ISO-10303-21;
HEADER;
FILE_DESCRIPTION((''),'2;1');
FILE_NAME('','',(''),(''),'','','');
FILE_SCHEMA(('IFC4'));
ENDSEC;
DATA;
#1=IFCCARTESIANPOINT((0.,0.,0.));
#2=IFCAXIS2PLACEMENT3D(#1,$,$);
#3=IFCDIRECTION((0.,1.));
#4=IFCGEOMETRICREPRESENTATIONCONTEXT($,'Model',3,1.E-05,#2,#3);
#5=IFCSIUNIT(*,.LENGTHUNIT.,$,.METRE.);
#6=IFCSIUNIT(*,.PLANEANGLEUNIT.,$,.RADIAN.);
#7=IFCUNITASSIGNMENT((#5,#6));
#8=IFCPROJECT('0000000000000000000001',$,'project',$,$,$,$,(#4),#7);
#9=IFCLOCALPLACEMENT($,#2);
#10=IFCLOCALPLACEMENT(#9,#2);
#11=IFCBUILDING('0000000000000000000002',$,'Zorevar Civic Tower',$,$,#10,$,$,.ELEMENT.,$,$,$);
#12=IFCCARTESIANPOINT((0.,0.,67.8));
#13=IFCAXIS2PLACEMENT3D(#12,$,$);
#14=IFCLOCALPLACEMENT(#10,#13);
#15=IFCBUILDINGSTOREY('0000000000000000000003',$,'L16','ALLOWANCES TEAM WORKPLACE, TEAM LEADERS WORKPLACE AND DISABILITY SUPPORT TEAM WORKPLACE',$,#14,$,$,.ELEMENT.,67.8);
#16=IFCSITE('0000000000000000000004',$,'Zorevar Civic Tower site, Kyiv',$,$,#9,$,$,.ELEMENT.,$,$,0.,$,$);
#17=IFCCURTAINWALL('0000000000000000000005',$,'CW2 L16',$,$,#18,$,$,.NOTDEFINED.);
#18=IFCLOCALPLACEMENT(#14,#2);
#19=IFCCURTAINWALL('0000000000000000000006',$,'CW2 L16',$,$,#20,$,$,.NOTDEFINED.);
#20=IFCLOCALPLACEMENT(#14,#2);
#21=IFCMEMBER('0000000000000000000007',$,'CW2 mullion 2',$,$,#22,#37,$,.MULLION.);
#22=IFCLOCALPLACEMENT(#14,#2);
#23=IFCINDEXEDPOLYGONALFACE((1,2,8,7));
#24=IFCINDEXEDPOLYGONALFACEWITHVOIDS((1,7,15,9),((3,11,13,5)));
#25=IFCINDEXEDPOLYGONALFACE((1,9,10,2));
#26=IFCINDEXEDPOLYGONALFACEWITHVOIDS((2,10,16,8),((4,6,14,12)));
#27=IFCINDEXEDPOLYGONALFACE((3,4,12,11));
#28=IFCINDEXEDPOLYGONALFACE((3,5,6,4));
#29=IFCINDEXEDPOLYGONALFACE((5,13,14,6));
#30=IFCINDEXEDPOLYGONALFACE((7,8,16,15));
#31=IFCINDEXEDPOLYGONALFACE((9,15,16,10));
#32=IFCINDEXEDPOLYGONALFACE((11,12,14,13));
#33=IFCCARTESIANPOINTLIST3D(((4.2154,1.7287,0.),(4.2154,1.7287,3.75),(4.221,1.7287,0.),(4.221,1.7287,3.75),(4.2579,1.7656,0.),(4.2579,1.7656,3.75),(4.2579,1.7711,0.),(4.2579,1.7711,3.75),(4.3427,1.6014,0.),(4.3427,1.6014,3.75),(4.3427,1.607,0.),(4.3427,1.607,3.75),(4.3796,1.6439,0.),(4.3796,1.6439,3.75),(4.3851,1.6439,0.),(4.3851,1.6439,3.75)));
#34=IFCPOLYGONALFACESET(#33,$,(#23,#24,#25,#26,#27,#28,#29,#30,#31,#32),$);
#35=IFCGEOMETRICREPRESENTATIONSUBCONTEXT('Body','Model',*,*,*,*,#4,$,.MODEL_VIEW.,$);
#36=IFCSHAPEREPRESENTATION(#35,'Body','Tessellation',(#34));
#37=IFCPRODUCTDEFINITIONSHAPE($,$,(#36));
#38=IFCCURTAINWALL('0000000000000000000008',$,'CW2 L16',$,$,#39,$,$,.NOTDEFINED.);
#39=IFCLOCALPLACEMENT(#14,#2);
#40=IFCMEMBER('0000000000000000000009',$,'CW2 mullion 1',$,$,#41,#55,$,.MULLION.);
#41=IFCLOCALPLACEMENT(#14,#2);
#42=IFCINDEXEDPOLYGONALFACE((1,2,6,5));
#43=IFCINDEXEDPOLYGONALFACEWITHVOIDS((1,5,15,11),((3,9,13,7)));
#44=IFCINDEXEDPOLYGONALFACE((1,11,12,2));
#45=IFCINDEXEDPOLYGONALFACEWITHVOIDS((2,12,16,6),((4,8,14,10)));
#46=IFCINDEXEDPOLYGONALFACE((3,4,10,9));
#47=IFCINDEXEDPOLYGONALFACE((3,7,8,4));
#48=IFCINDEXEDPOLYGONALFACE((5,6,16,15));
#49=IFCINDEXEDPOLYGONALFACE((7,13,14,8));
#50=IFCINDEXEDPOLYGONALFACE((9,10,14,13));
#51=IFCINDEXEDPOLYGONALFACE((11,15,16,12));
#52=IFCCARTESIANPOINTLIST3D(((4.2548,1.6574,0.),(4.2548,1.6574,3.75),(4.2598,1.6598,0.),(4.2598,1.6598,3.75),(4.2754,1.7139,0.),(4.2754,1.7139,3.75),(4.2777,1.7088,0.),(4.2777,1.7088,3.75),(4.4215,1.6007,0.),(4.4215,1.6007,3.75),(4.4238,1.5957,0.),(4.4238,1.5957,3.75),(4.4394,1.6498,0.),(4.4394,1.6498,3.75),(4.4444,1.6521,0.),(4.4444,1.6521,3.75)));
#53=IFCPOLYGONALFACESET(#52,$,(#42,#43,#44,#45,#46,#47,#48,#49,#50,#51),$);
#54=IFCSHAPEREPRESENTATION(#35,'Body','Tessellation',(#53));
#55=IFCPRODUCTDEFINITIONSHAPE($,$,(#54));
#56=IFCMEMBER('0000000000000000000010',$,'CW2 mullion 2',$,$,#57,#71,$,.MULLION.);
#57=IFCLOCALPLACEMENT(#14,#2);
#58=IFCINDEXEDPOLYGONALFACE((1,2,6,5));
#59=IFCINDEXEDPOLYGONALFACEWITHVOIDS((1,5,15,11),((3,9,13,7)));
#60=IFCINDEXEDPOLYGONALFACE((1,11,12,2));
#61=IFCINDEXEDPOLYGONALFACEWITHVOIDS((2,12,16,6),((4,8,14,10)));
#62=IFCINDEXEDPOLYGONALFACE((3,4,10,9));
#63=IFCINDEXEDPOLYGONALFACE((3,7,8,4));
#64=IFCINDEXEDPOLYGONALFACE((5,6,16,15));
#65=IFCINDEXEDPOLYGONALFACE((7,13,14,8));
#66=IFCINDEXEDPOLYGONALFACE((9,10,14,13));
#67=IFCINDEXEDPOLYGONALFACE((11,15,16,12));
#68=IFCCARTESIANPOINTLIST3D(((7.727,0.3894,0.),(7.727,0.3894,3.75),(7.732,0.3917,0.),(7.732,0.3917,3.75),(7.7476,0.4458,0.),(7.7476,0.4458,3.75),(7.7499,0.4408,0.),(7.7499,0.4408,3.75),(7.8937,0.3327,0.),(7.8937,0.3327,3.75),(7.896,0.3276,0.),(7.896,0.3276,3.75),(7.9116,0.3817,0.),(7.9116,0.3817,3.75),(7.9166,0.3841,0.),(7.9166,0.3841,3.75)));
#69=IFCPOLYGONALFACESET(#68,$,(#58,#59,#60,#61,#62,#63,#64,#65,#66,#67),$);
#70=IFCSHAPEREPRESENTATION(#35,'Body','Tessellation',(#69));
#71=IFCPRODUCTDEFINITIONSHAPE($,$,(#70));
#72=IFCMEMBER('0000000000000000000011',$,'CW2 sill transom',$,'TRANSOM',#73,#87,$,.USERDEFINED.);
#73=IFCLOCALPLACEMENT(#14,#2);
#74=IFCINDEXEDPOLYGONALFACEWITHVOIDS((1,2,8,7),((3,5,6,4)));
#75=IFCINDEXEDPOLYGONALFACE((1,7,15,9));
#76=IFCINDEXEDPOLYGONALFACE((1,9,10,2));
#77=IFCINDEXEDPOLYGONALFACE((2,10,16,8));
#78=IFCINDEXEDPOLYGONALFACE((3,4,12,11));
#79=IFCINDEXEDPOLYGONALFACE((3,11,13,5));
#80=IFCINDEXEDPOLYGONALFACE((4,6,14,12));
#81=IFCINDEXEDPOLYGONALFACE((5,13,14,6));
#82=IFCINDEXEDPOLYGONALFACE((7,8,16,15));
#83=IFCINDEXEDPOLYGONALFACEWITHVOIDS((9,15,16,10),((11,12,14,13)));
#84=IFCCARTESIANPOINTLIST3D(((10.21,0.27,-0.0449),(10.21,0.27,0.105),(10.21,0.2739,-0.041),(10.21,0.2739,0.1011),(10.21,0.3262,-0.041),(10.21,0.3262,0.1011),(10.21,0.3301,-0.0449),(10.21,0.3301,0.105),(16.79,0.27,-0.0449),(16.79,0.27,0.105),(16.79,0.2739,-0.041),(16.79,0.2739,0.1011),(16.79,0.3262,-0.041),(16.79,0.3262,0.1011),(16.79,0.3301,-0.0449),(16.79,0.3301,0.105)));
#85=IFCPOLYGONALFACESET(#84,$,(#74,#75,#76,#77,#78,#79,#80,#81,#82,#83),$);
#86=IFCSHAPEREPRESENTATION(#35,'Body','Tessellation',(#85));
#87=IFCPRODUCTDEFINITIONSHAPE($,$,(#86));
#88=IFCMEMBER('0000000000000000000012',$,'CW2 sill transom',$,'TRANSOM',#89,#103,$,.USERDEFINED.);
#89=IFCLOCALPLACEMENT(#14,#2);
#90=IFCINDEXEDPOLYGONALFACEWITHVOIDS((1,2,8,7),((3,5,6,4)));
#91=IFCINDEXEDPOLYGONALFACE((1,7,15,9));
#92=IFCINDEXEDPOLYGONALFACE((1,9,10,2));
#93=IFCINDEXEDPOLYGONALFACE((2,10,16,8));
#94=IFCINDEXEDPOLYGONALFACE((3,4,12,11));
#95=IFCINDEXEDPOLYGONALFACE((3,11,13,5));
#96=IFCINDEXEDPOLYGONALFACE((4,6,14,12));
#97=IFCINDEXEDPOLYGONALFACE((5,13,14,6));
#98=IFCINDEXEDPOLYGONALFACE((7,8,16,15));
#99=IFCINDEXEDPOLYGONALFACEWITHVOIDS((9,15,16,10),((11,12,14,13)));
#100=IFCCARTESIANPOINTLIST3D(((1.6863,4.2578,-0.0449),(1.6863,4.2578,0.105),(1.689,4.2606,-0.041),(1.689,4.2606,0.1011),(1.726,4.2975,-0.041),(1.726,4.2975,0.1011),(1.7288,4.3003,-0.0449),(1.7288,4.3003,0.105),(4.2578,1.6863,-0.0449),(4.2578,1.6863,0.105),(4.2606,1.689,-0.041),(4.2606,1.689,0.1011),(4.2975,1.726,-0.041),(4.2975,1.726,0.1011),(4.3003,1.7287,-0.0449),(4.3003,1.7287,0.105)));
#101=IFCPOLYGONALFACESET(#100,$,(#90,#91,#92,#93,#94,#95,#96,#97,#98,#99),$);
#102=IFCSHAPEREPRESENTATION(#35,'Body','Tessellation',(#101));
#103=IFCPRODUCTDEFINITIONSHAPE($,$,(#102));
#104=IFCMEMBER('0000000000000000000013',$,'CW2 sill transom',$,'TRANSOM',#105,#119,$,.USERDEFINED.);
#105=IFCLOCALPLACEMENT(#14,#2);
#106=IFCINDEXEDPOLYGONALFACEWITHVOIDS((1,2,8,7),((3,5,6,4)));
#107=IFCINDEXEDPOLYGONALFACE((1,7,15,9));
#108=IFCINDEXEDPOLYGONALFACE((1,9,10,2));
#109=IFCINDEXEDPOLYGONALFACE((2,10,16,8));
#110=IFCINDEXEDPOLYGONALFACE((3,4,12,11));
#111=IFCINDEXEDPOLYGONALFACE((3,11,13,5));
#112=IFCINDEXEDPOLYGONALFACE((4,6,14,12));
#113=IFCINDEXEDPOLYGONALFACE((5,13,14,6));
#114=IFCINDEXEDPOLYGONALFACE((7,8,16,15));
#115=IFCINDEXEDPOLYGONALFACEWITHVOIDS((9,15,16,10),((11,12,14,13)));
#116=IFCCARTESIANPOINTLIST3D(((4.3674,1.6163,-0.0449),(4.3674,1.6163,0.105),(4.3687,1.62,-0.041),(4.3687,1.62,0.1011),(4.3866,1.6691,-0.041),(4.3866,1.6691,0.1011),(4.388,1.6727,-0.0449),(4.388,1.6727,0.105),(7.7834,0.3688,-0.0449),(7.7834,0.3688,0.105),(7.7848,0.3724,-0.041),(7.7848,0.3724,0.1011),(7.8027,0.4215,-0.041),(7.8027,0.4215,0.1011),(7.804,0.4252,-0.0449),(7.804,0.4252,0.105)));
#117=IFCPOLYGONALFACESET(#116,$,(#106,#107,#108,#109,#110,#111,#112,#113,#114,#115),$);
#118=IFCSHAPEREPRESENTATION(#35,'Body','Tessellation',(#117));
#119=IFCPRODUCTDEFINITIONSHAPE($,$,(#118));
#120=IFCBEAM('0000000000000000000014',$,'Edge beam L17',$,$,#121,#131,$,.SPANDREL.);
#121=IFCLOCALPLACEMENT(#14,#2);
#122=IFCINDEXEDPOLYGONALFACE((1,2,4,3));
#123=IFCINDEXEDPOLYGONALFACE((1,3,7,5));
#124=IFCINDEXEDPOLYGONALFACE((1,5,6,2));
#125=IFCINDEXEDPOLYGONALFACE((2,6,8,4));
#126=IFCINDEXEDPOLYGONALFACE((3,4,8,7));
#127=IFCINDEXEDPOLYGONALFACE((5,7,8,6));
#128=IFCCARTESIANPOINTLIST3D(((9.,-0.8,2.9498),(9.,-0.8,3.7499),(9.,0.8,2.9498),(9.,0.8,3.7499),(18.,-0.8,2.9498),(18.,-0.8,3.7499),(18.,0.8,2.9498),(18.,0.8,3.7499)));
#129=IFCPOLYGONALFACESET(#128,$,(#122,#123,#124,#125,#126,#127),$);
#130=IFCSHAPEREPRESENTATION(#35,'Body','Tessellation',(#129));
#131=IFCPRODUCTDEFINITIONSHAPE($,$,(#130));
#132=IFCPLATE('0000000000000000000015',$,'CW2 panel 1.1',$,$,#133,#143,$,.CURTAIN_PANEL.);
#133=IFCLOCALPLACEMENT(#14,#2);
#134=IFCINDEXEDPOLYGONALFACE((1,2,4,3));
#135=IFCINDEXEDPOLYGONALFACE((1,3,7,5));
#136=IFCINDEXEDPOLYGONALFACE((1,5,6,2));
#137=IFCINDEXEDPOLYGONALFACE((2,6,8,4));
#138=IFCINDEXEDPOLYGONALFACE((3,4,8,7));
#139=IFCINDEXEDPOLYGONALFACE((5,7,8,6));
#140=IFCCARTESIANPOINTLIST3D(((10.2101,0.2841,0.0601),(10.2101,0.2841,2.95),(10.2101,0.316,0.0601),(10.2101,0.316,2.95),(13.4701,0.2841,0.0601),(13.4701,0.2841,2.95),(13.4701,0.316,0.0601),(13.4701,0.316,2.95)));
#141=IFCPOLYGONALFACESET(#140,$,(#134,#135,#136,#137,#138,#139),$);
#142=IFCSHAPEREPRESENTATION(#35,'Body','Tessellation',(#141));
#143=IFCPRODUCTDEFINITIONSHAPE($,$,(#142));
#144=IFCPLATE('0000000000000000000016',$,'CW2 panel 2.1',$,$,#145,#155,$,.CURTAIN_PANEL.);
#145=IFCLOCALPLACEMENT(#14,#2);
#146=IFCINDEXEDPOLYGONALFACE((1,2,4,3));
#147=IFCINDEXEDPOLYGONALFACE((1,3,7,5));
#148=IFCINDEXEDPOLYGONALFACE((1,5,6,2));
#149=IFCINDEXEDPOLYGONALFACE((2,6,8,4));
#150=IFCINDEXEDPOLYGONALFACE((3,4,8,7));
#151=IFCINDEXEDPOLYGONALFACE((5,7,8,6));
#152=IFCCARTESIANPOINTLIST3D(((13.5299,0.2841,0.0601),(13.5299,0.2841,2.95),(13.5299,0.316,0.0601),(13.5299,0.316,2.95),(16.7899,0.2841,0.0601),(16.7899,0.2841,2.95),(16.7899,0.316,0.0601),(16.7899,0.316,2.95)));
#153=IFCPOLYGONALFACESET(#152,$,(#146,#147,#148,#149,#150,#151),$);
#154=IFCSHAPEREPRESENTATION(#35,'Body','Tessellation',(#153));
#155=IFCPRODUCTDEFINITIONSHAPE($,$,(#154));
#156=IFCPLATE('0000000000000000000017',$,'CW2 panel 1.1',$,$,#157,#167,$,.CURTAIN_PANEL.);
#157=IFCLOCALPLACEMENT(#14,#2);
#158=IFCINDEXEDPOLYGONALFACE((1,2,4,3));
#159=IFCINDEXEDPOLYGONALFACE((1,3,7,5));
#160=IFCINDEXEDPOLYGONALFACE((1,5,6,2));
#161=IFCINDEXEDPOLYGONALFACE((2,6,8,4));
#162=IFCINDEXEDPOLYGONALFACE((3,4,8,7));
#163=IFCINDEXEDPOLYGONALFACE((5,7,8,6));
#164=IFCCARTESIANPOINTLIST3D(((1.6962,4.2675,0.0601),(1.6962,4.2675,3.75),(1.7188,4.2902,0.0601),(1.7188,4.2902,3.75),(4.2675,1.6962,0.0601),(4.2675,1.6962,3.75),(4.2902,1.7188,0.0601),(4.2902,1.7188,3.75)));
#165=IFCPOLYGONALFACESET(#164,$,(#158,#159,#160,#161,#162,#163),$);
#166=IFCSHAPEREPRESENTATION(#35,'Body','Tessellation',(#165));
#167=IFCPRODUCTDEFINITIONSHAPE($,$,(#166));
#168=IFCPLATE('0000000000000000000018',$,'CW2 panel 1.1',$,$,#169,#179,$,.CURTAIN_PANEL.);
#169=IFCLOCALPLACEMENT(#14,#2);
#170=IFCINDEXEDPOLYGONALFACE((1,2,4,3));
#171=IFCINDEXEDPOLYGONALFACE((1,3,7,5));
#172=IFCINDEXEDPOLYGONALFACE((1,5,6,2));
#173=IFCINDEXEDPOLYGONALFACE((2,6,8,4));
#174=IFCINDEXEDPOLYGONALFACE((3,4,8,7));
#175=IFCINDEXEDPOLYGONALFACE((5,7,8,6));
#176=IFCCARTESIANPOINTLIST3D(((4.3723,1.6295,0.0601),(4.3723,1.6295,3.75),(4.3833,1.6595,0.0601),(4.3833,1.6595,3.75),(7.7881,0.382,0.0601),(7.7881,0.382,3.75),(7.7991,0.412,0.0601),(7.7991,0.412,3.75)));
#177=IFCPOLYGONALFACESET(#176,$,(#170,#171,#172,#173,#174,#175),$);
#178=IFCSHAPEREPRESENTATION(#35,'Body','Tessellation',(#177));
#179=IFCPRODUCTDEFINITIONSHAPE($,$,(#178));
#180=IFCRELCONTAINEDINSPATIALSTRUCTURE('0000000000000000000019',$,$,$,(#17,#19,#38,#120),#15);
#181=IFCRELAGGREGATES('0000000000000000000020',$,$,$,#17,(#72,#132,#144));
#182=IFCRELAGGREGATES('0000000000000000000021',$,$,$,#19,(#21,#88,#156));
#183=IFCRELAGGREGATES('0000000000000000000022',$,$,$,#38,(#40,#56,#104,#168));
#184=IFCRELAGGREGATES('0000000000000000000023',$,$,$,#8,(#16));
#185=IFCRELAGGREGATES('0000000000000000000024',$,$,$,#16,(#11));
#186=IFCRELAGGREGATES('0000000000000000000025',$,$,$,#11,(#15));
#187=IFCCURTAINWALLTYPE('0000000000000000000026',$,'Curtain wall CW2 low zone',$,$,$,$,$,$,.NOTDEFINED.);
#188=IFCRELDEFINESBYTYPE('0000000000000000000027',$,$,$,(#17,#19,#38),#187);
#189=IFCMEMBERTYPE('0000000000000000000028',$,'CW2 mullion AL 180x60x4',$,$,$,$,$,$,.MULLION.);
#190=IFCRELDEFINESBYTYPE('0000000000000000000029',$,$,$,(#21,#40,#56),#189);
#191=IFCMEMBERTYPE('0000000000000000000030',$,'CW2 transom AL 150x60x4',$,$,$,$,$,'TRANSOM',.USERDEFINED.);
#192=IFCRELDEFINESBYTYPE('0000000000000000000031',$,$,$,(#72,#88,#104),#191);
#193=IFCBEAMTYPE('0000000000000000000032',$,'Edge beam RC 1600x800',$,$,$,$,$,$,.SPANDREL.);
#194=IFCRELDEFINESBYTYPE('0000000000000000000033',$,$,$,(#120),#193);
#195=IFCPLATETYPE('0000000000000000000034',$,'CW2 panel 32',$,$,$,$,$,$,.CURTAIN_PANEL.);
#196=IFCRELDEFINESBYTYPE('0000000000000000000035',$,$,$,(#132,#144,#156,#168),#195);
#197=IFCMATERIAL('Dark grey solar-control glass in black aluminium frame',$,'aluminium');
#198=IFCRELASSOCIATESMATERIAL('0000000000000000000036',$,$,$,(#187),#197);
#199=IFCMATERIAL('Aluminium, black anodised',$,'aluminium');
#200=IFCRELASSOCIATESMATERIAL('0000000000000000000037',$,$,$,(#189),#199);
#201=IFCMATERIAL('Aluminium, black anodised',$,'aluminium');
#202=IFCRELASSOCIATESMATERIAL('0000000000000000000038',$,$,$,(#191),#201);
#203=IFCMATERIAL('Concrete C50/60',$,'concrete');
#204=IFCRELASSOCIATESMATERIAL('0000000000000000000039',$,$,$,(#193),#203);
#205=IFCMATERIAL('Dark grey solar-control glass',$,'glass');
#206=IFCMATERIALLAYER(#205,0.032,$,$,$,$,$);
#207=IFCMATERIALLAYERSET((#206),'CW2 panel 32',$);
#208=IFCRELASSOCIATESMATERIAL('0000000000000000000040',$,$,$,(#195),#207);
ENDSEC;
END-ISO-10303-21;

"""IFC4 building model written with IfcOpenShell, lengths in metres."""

from ifc_helpers import new_model, si_unit, direction, frame, origin, origin_2d, place, context, subcontext, project, spatial, rectangle, hollow_rectangle, extrude, material, layer, layer_set, material_profile, profile_set, type_object, element, aggregate, save


model = new_model("IFC4")

# Units and contexts
model_context = context("Model", 3, precision=1e-05, world=origin(), true_north=direction((0.0, 1.0)))
body_context = subcontext(model_context, "Body", "Model", "MODEL_VIEW")
ifc_project = project(units=[si_unit("LENGTHUNIT", "METRE"), si_unit("PLANEANGLEUNIT", "RADIAN")], contexts=[model_context])

# Site, building, storey
site_placement = place(None, origin())
site = spatial("IfcSite", under=ifc_project, at=site_placement, Name="Zorevar Civic Tower site, Kyiv", CompositionType="ELEMENT", RefElevation=0.0)
building_placement = place(site_placement, origin())
building = spatial("IfcBuilding", under=site, at=building_placement, Name="Zorevar Civic Tower", CompositionType="ELEMENT")
storey_placement = place(building_placement, frame((0.0, 0.0, 67.8)))
storey = spatial("IfcBuildingStorey", under=building, at=storey_placement, Name="L16", Description="ALLOWANCES TEAM WORKPLACE, TEAM LEADERS WORKPLACE AND DISABILITY SUPPORT TEAM WORKPLACE", CompositionType="ELEMENT", Elevation=67.8)

# Curtain walls, members
ifc_material_1 = material(Name="Dark grey solar-control glass in black aluminium frame", Category="aluminium")
curtain_wall_type = type_object("IfcCurtainWallType", Name="Curtain wall CW2 low zone", PredefinedType="NOTDEFINED", material=ifc_material_1)
curtain_wall_1_placement = place(storey_placement, origin())
curtain_wall_1 = element("IfcCurtainWall", 1, at=curtain_wall_1_placement, inside=storey, type_object=curtain_wall_type, Name="CW2 L16", PredefinedType="NOTDEFINED")
ifc_material_2 = material(Name="Aluminium, black anodised", Category="aluminium")
ifc_material_profile_1 = material_profile(ifc_material_2, hollow_rectangle(XDim=0.0601, YDim=0.1799, WallThickness=0.0039, at=origin_2d()), Name="AL 180x60x4")
ifc_profile_set_1 = profile_set([ifc_material_profile_1], Name="Aluminium, black anodised")
member_type_1 = type_object("IfcMemberType", Name="CW2 mullion AL 180x60x4", PredefinedType="MULLION", material=ifc_profile_set_1)
curtain_wall_2_placement = place(storey_placement, origin())
curtain_wall_2 = element("IfcCurtainWall", 2, at=curtain_wall_2_placement, inside=storey, type_object=curtain_wall_type, Name="CW2 L16", PredefinedType="NOTDEFINED")
member_1_placement = place(storey_placement, frame((4.3003, 1.6863, 0.0), z_axis=(0.0, 0.0, 1.0), x_axis=(0.707107, 0.707107, 0.0)))
member_1 = element("IfcMember", 3, at=member_1_placement, type_object=member_type_1, Name="CW2 mullion 2", PredefinedType="MULLION", context=body_context, shape_type="SweptSolid", body=[
    extrude(hollow_rectangle(XDim=0.0601, YDim=0.1799, WallThickness=0.0039, at=origin_2d()), origin(), (0.0, 0.0, 1.0), 3.75),
])
curtain_wall_3_placement = place(storey_placement, origin())
curtain_wall_3 = element("IfcCurtainWall", 4, at=curtain_wall_3_placement, inside=storey, type_object=curtain_wall_type, Name="CW2 L16", PredefinedType="NOTDEFINED")
member_2_placement = place(storey_placement, frame((4.3496, 1.6548, 0.0), z_axis=(0.0, 0.0, 1.0), x_axis=(0.34306, 0.939313, 0.0)))
member_2 = element("IfcMember", 5, at=member_2_placement, type_object=member_type_1, Name="CW2 mullion 1", PredefinedType="MULLION", context=body_context, shape_type="SweptSolid", body=[
    extrude(hollow_rectangle(XDim=0.0601, YDim=0.1799, WallThickness=0.0039, at=origin_2d()), origin(), (0.0, 0.0, 1.0), 3.75),
])
member_3_placement = place(storey_placement, frame((7.8218, 0.3867, 0.0), z_axis=(0.0, 0.0, 1.0), x_axis=(0.34306, 0.939313, 0.0)))
member_3 = element("IfcMember", 6, at=member_3_placement, type_object=member_type_1, Name="CW2 mullion 2", PredefinedType="MULLION", context=body_context, shape_type="SweptSolid", body=[
    extrude(hollow_rectangle(XDim=0.0601, YDim=0.1799, WallThickness=0.0039, at=origin_2d()), origin(), (0.0, 0.0, 1.0), 3.75),
])

# Members
ifc_material_3 = material(Name="Aluminium, black anodised", Category="aluminium")
ifc_material_profile_2 = material_profile(ifc_material_3, hollow_rectangle(XDim=0.0601, YDim=0.1499, WallThickness=0.0039, at=origin_2d()), Name="AL 150x60x4")
ifc_profile_set_2 = profile_set([ifc_material_profile_2], Name="Aluminium, black anodised")
member_type_2 = type_object("IfcMemberType", Name="CW2 transom AL 150x60x4", ElementType="TRANSOM", PredefinedType="USERDEFINED", material=ifc_profile_set_2)
member_4_placement = place(storey_placement, frame((10.21, 0.3, 0.03), z_axis=(1.0, 0.0, 0.0), x_axis=(0.0, 1.0, 0.0)))
member_4 = element("IfcMember", 7, at=member_4_placement, type_object=member_type_2, Name="CW2 sill transom", ObjectType="TRANSOM", PredefinedType="USERDEFINED", context=body_context, shape_type="SweptSolid", body=[
    extrude(hollow_rectangle(XDim=0.0601, YDim=0.1499, WallThickness=0.0039, at=origin_2d()), origin(), (0.0, 0.0, 1.0), 6.5801),
])
member_5_placement = place(storey_placement, frame((1.7075, 4.2791, 0.03), z_axis=(0.707107, -0.707107, 0.0), x_axis=(0.707107, 0.707107, 0.0)))
member_5 = element("IfcMember", 8, at=member_5_placement, type_object=member_type_2, Name="CW2 sill transom", ObjectType="TRANSOM", PredefinedType="USERDEFINED", context=body_context, shape_type="SweptSolid", body=[
    extrude(hollow_rectangle(XDim=0.0601, YDim=0.1499, WallThickness=0.0039, at=origin_2d()), origin(), (0.0, 0.0, 1.0), 3.6367),
])
member_6_placement = place(storey_placement, frame((4.3777, 1.6445, 0.03), z_axis=(0.939318, -0.343047, 0.0), x_axis=(0.343047, 0.939318, 0.0)))
member_6 = element("IfcMember", 9, at=member_6_placement, type_object=member_type_2, Name="CW2 sill transom", ObjectType="TRANSOM", PredefinedType="USERDEFINED", context=body_context, shape_type="SweptSolid", body=[
    extrude(hollow_rectangle(XDim=0.0601, YDim=0.1499, WallThickness=0.0039, at=origin_2d()), origin(), (0.0, 0.0, 1.0), 3.6367),
])

# Beam
ifc_material_4 = material(Name="Concrete C50/60", Category="concrete")
ifc_material_profile_3 = material_profile(ifc_material_4, rectangle(XDim=1.6001, YDim=0.8, at=origin_2d()), Name="RC 1600x800")
ifc_profile_set_3 = profile_set([ifc_material_profile_3], Name="Concrete C50/60")
beam_type_1 = type_object("IfcBeamType", Name="Edge beam RC 1600x800", PredefinedType="SPANDREL", material=ifc_profile_set_3)
beam_1_placement = place(storey_placement, frame((9.0, 0.0, 3.3499), z_axis=(1.0, 0.0, 0.0), x_axis=(0.0, 1.0, 0.0)))
element("IfcBeam", 10, at=beam_1_placement, inside=storey, type_object=beam_type_1, Name="Edge beam L17", PredefinedType="SPANDREL", context=body_context, shape_type="SweptSolid", body=[
    extrude(rectangle(XDim=1.6001, YDim=0.8, at=origin_2d()), origin(), (0.0, 0.0, 1.0), 9.0),
])

# Plates
ifc_material_5 = material(Name="Dark grey solar-control glass", Category="glass")
ifc_layer_1 = layer(ifc_material_5, 0.032)
ifc_layer_set_1 = layer_set([ifc_layer_1], Name="CW2 panel 32")
plate_type = type_object("IfcPlateType", Name="CW2 panel 32", PredefinedType="CURTAIN_PANEL", material=ifc_layer_set_1)
plate_1_placement = place(storey_placement, frame((11.8401, 0.3, 0.0601), z_axis=(0.0, 0.0, 1.0), x_axis=(1.0, 0.0, 0.0)))
plate_1 = element("IfcPlate", 11, at=plate_1_placement, type_object=plate_type, Name="CW2 panel 1.1", PredefinedType="CURTAIN_PANEL", context=body_context, shape_type="SweptSolid", body=[
    extrude(rectangle(XDim=3.26, YDim=0.032, at=origin_2d()), origin(), (0.0, 0.0, 1.0), 2.8899),
])
plate_2_placement = place(storey_placement, frame((15.1599, 0.3, 0.0601), z_axis=(0.0, 0.0, 1.0), x_axis=(1.0, 0.0, 0.0)))
plate_2 = element("IfcPlate", 12, at=plate_2_placement, type_object=plate_type, Name="CW2 panel 2.1", PredefinedType="CURTAIN_PANEL", context=body_context, shape_type="SweptSolid", body=[
    extrude(rectangle(XDim=3.26, YDim=0.032, at=origin_2d()), origin(), (0.0, 0.0, 1.0), 2.8899),
])
aggregate(curtain_wall_1, [member_4, plate_1, plate_2])
plate_3_placement = place(storey_placement, frame((2.9932, 2.9932, 0.0601), z_axis=(0.0, 0.0, 1.0), x_axis=(0.707107, -0.707107, 0.0)))
plate_3 = element("IfcPlate", 13, at=plate_3_placement, type_object=plate_type, Name="CW2 panel 1.1", PredefinedType="CURTAIN_PANEL", context=body_context, shape_type="SweptSolid", body=[
    extrude(rectangle(XDim=3.6365, YDim=0.032, at=origin_2d()), origin(), (0.0, 0.0, 1.0), 3.6899),
])
aggregate(curtain_wall_2, [member_1, member_5, plate_3])
plate_4_placement = place(storey_placement, frame((6.0857, 1.0208, 0.0601), z_axis=(0.0, 0.0, 1.0), x_axis=(0.939313, -0.34306, 0.0)))
plate_4 = element("IfcPlate", 14, at=plate_4_placement, type_object=plate_type, Name="CW2 panel 1.1", PredefinedType="CURTAIN_PANEL", context=body_context, shape_type="SweptSolid", body=[
    extrude(rectangle(XDim=3.6365, YDim=0.032, at=origin_2d()), origin(), (0.0, 0.0, 1.0), 3.6899),
])
aggregate(curtain_wall_3, [member_2, member_3, member_6, plate_4])

save(model, "model.ifc")
